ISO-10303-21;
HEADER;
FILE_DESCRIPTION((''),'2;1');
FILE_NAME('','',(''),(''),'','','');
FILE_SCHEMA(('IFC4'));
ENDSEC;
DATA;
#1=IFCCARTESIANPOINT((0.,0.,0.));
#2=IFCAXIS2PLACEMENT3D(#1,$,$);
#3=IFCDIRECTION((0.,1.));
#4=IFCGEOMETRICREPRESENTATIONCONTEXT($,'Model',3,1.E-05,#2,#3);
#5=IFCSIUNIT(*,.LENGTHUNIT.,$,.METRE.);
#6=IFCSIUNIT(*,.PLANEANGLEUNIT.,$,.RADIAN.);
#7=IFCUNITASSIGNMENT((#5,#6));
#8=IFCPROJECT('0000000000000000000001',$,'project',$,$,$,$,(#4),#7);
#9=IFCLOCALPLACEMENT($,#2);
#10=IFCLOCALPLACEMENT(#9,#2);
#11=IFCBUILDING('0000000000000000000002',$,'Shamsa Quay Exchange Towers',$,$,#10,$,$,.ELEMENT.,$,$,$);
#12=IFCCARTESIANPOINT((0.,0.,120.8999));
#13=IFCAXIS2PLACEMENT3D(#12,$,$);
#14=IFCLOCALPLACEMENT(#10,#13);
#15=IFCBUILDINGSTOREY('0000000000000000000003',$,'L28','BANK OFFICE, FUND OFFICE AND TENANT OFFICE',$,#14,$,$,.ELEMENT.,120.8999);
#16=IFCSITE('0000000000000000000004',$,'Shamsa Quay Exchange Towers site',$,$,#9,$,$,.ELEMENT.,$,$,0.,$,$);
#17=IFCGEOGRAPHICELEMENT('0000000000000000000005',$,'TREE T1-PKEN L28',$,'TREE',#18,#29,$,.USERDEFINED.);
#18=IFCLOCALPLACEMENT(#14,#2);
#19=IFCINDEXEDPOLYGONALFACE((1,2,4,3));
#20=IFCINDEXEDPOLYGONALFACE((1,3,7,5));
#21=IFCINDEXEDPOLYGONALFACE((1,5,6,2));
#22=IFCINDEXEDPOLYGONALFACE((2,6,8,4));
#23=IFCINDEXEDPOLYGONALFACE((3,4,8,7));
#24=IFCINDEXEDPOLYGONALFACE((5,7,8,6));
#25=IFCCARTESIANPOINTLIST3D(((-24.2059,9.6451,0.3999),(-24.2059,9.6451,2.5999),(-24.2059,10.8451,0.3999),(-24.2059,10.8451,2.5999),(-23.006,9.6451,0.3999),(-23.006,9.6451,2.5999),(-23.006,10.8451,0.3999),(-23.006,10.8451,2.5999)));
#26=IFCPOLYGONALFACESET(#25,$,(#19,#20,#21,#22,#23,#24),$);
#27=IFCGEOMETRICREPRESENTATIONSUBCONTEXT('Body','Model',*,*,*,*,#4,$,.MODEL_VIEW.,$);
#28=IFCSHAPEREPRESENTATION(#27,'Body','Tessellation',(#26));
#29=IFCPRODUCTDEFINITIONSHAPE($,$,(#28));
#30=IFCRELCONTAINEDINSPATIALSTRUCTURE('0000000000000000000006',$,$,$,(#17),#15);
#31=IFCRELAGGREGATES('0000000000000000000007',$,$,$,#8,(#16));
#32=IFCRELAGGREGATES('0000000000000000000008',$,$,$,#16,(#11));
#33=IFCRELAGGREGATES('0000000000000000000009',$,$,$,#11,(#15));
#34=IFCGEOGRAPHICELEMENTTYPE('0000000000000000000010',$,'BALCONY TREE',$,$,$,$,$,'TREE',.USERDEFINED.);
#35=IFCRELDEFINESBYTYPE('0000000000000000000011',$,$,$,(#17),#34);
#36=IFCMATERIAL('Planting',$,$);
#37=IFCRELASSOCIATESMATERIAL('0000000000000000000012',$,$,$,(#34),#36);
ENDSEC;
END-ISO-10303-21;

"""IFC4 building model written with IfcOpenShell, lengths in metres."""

from ifc_helpers import new_model, si_unit, direction, frame, origin, origin_2d, place, context, subcontext, project, spatial, rectangle, extrude, material, type_object, element, save


model = new_model("IFC4")

# Units and contexts
model_context = context("Model", 3, precision=1e-05, world=origin(), true_north=direction((0.0, 1.0)))
body_context = subcontext(model_context, "Body", "Model", "MODEL_VIEW")
ifc_project = project(units=[si_unit("LENGTHUNIT", "METRE"), si_unit("PLANEANGLEUNIT", "RADIAN")], contexts=[model_context])

# Site, building, storey
site_placement = place(None, origin())
site = spatial("IfcSite", under=ifc_project, at=site_placement, Name="Shamsa Quay Exchange Towers site", CompositionType="ELEMENT", RefElevation=0.0)
building_placement = place(site_placement, origin())
building = spatial("IfcBuilding", under=site, at=building_placement, Name="Shamsa Quay Exchange Towers", CompositionType="ELEMENT")
storey_placement = place(building_placement, frame((0.0, 0.0, 120.8999)))
storey = spatial("IfcBuildingStorey", under=building, at=storey_placement, Name="L28", Description="BANK OFFICE, FUND OFFICE AND TENANT OFFICE", CompositionType="ELEMENT", Elevation=120.8999)

# Geographic element
ifc_material_1 = material(Name="Planting")
geographic_element_type = type_object("IfcGeographicElementType", Name="BALCONY TREE", ElementType="TREE", PredefinedType="USERDEFINED", material=ifc_material_1)
geographic_element_placement = place(storey_placement, frame((-23.606, 10.2451, 0.3999), z_axis=(0.0, 0.0, 1.0), x_axis=(-1.0, 0.0, 0.0)))
element("IfcGeographicElement", 1, at=geographic_element_placement, inside=storey, type_object=geographic_element_type, Name="TREE T1-PKEN L28", ObjectType="TREE", PredefinedType="USERDEFINED", context=body_context, shape_type="SweptSolid", body=[
    extrude(rectangle(XDim=1.2, YDim=1.2, at=origin_2d()), origin(), (0.0, 0.0, 1.0), 2.2),
])

save(model, "model.ifc")
